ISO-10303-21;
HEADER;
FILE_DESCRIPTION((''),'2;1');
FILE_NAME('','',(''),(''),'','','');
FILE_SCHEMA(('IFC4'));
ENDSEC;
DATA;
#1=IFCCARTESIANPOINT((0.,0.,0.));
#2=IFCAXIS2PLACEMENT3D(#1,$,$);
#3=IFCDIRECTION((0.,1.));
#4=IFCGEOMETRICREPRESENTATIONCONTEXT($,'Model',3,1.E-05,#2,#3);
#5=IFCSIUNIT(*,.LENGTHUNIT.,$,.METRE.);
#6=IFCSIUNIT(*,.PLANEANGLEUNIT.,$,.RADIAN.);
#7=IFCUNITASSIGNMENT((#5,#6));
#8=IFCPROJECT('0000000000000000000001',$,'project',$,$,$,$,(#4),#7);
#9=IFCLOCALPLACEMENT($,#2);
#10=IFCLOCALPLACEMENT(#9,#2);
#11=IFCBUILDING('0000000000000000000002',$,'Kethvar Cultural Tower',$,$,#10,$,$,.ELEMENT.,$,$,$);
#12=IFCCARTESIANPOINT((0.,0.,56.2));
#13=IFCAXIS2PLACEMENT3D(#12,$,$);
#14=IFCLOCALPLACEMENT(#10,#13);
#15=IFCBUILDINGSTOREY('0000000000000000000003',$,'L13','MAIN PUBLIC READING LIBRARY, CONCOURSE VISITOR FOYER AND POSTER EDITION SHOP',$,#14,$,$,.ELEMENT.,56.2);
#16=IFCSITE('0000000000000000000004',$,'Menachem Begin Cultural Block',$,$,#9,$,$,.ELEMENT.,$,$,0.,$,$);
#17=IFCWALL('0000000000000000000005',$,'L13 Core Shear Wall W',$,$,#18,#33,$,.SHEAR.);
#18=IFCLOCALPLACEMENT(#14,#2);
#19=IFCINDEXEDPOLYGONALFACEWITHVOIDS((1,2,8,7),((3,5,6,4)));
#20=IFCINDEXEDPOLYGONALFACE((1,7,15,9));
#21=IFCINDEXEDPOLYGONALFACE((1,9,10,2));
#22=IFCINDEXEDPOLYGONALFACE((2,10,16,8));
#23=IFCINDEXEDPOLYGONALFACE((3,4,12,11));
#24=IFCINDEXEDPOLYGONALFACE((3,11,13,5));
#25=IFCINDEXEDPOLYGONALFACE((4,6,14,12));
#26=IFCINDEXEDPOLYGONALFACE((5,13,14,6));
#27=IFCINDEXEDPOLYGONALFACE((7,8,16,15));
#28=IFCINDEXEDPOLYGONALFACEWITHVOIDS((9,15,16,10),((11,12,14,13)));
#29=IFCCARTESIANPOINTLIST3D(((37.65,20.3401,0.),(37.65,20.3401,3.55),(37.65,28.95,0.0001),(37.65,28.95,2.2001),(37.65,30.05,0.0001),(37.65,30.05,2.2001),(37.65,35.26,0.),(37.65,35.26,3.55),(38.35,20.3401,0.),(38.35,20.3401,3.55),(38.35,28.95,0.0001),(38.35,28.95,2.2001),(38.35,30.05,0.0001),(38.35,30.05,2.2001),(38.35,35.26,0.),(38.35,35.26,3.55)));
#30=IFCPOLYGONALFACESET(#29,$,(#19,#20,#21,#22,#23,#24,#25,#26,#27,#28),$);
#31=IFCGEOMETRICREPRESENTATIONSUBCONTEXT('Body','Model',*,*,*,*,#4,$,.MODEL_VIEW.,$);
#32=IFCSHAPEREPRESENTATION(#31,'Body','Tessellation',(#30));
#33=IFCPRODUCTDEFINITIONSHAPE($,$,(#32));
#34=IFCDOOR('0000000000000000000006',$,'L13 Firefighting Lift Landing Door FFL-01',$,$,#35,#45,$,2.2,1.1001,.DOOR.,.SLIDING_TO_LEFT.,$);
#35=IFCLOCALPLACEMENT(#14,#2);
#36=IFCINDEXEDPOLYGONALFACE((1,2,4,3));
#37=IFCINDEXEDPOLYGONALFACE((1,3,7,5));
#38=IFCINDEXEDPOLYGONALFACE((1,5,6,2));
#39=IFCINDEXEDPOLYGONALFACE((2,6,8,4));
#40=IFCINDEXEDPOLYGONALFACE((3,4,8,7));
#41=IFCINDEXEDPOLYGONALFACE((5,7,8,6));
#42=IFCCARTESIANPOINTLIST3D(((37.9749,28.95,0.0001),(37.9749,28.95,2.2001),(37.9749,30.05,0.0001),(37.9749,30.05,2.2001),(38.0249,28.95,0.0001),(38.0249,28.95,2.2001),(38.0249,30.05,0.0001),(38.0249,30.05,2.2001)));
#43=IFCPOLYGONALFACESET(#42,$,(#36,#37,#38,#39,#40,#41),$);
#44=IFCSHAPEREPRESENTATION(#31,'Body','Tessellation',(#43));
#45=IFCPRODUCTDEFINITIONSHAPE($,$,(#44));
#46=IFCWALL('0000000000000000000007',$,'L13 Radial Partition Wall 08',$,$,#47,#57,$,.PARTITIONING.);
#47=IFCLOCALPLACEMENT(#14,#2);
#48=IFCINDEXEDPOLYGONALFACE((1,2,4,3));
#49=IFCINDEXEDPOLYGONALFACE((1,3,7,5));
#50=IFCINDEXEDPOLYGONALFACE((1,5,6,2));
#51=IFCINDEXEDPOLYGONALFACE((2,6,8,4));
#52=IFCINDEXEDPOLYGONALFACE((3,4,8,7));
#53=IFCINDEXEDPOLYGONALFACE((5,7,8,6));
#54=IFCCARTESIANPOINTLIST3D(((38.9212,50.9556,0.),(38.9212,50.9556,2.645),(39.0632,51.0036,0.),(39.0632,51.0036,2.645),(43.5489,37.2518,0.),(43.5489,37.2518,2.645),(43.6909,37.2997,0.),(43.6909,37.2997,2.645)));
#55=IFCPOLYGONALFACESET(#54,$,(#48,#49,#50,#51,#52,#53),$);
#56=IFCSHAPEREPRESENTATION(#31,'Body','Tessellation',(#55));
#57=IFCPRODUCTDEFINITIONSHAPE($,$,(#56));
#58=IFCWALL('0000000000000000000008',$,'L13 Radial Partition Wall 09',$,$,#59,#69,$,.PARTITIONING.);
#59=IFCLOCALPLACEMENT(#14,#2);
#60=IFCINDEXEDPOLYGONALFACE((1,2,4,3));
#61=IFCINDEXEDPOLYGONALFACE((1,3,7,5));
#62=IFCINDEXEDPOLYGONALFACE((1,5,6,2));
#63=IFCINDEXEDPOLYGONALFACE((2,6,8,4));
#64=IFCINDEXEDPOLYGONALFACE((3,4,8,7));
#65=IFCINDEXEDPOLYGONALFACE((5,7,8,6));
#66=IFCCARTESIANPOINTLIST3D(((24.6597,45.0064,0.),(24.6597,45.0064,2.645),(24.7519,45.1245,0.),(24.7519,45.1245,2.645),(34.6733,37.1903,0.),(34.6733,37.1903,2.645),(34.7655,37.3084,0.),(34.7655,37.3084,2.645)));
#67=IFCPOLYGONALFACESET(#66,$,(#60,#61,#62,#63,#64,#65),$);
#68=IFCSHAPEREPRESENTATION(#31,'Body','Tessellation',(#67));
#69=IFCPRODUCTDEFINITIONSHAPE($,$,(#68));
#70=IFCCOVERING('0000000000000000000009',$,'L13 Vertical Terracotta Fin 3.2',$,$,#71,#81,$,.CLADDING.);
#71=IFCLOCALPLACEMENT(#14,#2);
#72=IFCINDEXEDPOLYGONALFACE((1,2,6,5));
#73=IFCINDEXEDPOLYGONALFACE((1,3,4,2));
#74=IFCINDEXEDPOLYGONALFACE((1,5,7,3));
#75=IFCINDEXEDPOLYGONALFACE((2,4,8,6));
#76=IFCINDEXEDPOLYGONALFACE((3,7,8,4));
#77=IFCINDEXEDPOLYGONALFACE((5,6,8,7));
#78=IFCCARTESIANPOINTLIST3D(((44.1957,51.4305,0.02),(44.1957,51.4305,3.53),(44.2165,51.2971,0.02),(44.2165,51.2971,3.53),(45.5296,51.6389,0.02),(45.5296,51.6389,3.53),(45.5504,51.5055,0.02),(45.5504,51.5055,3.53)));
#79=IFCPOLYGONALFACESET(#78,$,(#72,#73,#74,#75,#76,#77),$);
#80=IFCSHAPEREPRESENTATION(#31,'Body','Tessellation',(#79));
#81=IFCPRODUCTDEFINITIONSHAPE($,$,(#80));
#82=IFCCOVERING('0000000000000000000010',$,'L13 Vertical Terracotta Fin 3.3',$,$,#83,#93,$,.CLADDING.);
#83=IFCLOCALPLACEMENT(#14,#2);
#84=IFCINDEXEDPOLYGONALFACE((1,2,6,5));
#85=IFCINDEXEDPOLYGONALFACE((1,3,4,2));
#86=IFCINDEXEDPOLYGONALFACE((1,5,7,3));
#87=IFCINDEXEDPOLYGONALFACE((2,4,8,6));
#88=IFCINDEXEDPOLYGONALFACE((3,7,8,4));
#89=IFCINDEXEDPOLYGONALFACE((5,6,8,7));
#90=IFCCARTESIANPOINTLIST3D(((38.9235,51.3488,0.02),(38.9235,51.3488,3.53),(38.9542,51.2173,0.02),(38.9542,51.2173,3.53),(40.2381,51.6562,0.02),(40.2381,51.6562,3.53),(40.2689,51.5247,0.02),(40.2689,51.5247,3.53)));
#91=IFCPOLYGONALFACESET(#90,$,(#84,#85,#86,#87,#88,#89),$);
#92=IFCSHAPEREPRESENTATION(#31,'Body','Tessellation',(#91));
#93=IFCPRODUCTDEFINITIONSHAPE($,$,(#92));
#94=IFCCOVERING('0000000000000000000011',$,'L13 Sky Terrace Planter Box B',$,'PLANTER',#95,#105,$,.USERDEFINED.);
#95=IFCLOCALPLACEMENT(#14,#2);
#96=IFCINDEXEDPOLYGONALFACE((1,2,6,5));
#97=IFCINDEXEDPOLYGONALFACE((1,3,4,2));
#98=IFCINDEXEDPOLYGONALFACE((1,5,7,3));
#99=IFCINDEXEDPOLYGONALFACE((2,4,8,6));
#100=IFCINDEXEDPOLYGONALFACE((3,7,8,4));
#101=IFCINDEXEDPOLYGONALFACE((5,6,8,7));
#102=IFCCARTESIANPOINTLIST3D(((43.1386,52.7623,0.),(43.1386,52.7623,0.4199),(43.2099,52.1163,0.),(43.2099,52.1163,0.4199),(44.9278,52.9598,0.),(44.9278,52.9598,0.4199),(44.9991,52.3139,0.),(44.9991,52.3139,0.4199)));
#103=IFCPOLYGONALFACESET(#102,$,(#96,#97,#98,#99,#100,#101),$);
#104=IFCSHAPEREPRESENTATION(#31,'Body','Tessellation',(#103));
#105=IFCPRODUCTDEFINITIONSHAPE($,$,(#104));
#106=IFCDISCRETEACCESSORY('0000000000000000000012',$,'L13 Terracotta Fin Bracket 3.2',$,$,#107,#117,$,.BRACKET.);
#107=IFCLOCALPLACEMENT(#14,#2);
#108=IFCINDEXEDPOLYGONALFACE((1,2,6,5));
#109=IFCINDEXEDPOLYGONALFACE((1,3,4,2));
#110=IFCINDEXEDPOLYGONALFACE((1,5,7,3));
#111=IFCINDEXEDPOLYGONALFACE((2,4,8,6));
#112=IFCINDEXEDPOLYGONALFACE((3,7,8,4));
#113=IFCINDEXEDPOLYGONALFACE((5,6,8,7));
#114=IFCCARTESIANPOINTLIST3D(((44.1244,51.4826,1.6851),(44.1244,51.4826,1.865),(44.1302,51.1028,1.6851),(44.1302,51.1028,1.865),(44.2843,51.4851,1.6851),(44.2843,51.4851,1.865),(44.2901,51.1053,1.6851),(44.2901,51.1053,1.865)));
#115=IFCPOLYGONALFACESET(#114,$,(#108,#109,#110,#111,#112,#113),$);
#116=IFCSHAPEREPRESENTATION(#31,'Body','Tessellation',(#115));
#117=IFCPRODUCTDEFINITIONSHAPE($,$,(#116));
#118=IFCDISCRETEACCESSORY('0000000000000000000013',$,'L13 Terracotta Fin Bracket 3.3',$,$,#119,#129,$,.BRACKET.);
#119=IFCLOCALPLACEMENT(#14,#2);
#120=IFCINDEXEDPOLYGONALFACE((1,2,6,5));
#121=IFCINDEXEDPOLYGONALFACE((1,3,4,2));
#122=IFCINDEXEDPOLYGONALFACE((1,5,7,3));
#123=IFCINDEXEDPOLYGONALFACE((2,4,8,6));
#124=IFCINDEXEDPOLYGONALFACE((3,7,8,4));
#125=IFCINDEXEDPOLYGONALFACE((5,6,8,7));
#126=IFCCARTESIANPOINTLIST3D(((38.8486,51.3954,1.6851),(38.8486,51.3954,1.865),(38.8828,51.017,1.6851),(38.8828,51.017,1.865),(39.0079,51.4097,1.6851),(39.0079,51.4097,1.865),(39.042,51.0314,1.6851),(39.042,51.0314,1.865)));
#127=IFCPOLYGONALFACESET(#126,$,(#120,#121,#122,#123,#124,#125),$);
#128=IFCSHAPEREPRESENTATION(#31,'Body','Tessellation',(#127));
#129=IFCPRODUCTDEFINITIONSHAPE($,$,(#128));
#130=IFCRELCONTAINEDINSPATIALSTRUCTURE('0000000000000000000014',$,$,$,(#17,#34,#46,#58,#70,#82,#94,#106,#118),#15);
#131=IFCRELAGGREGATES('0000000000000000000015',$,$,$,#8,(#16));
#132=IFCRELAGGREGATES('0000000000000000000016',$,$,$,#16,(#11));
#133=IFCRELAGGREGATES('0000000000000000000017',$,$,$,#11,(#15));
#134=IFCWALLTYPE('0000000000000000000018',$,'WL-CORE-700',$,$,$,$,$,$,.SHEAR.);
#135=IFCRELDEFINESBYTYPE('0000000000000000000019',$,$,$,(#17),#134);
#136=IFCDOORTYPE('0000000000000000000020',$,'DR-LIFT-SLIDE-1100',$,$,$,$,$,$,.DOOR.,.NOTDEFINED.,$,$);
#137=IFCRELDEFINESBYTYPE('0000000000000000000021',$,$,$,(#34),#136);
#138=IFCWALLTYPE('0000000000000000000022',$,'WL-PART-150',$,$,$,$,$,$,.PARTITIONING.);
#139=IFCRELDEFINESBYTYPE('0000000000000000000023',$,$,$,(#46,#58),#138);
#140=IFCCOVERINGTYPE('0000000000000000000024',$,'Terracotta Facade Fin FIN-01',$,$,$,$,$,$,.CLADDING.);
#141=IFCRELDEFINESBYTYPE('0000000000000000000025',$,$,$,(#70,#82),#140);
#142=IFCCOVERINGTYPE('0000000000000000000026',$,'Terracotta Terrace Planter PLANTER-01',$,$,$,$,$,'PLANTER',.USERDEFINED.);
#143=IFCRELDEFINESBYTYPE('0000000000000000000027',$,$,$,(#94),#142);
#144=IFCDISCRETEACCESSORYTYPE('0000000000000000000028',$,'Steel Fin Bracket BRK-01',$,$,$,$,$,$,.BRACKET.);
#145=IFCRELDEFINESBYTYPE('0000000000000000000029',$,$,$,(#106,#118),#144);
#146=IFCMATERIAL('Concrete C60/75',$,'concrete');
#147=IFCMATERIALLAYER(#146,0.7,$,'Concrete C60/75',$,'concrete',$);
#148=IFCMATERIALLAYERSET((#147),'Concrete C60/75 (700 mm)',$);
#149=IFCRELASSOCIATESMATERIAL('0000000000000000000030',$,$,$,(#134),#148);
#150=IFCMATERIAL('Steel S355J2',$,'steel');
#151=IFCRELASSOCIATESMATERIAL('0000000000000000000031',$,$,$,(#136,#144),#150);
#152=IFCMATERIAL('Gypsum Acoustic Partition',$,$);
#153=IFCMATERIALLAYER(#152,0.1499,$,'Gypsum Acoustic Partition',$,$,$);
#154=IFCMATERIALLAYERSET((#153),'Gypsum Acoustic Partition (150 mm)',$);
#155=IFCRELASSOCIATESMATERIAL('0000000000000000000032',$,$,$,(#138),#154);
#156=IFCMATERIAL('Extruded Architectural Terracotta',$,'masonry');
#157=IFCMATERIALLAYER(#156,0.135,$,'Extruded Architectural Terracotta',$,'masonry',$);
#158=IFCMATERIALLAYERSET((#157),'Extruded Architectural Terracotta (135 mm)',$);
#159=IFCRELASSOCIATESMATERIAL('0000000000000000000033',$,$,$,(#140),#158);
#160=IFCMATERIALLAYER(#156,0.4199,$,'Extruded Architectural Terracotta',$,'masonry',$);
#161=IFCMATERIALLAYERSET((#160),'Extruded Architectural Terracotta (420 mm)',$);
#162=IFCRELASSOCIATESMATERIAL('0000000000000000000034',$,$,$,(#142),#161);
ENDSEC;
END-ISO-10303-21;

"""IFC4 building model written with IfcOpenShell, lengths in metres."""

from ifc_helpers import new_model, si_unit, direction, frame, frame_2d, origin, origin_2d, place, context, subcontext, project, spatial, rectangle, extrude, source, transform, mapped, material, layer, layer_set, type_object, element, fill, save


model = new_model("IFC4")

# Units and contexts
model_context = context("Model", 3, precision=1e-05, world=origin(), true_north=direction((0.0, 1.0)))
body_context = subcontext(model_context, "Body", "Model", "MODEL_VIEW")
ifc_project = project(units=[si_unit("LENGTHUNIT", "METRE"), si_unit("PLANEANGLEUNIT", "RADIAN")], contexts=[model_context])

# Site, building, storey
site_placement = place(None, origin())
site = spatial("IfcSite", under=ifc_project, at=site_placement, Name="Menachem Begin Cultural Block", CompositionType="ELEMENT", RefElevation=0.0)
building_placement = place(site_placement, origin())
building = spatial("IfcBuilding", under=site, at=building_placement, Name="Kethvar Cultural Tower", CompositionType="ELEMENT")
storey_placement = place(building_placement, frame((0.0, 0.0, 56.2)))
storey = spatial("IfcBuildingStorey", under=building, at=storey_placement, Name="L13", Description="MAIN PUBLIC READING LIBRARY, CONCOURSE VISITOR FOYER AND POSTER EDITION SHOP", CompositionType="ELEMENT", Elevation=56.2)

# Shared definitions
ifc_material_1 = material(Name="Steel S355J2", Category="steel")

# Wall, opening, door
ifc_material_2 = material(Name="Concrete C60/75", Category="concrete")
ifc_layer_1 = layer(ifc_material_2, 0.7, Name="Concrete C60/75", Category="concrete")
ifc_layer_set_1 = layer_set([ifc_layer_1], Name="Concrete C60/75 (700 mm)")
wall_type_1 = type_object("IfcWallType", Name="WL-CORE-700", PredefinedType="SHEAR", material=ifc_layer_set_1)
wall_1_placement = place(storey_placement, frame((38.0, 35.26, 0.0), z_axis=(0.0, 0.0, 1.0), x_axis=(0.0, -1.0, 0.0)))
wall_1 = element("IfcWall", 1, at=wall_1_placement, inside=storey, type_object=wall_type_1, Name="L13 Core Shear Wall W", PredefinedType="SHEAR", context=body_context, shape_type="SweptSolid", body=[
    extrude(rectangle(XDim=14.9199, YDim=0.7, at=frame_2d((7.46, 0.0))), origin(), (0.0, 0.0, 1.0), 3.55),
])
opening_placement = place(wall_1_placement, frame((5.21, 0.0, 0.0)))
opening = element("IfcOpeningElement", 2, at=opening_placement, cuts=wall_1, PredefinedType="OPENING", context=body_context, shape_type="SweptSolid", body=[
    extrude(rectangle(XDim=1.1001, YDim=2.2, at=frame_2d((0.55, 1.1001))), frame((0.0, 0.3599, 0.0), z_axis=(0.0, -1.0, 0.0), x_axis=(1.0, 0.0, 0.0)), (0.0, 0.0, 1.0), 0.72),
])
door_type = type_object("IfcDoorType", Name="DR-LIFT-SLIDE-1100", OperationType="NOTDEFINED", PredefinedType="DOOR", material=ifc_material_1)
shared_shape_1 = source(origin(), body_context, "Body", "SweptSolid", [
    extrude(rectangle(XDim=1.1001, YDim=2.2, at=frame_2d((0.55, 1.1001))), frame((0.0, 0.0249, 0.0), z_axis=(0.0, -1.0, 0.0), x_axis=(1.0, 0.0, 0.0)), (0.0, 0.0, 1.0), 0.05),
])
door_placement = place(opening_placement, origin())
door = element("IfcDoor", 3, at=door_placement, inside=storey, type_object=door_type, Name="L13 Firefighting Lift Landing Door FFL-01", OperationType="SLIDING_TO_LEFT", OverallHeight=2.2, OverallWidth=1.1001, PredefinedType="DOOR", context=body_context, shape_type="MappedRepresentation", body=[
    mapped(shared_shape_1, transform((0.0, 0.0, 0.0), scale=1.0)),
])
fill(opening, door)

# Walls
ifc_material_3 = material(Name="Gypsum Acoustic Partition")
ifc_layer_2 = layer(ifc_material_3, 0.1499, Name="Gypsum Acoustic Partition")
ifc_layer_set_2 = layer_set([ifc_layer_2], Name="Gypsum Acoustic Partition (150 mm)")
wall_type_2 = type_object("IfcWallType", Name="WL-PART-150", PredefinedType="PARTITIONING", material=ifc_layer_set_2)
wall_2_placement = place(storey_placement, frame((43.6199, 37.2759, 0.0), z_axis=(0.0, 0.0, 1.0), x_axis=(-0.319942, 0.947437, 0.0)))
element("IfcWall", 4, at=wall_2_placement, inside=storey, type_object=wall_type_2, Name="L13 Radial Partition Wall 08", PredefinedType="PARTITIONING", context=body_context, shape_type="SweptSolid", body=[
    extrude(rectangle(XDim=14.4641, YDim=0.1499, at=frame_2d((7.2319, 0.0))), origin(), (0.0, 0.0, 1.0), 2.645),
])
wall_3_placement = place(storey_placement, frame((34.7195, 37.2493, 0.0), z_axis=(0.0, 0.0, 1.0), x_axis=(-0.788292, 0.615301, 0.0)))
element("IfcWall", 5, at=wall_3_placement, inside=storey, type_object=wall_type_2, Name="L13 Radial Partition Wall 09", PredefinedType="PARTITIONING", context=body_context, shape_type="SweptSolid", body=[
    extrude(rectangle(XDim=12.7029, YDim=0.1499, at=frame_2d((6.3516, 0.0))), origin(), (0.0, 0.0, 1.0), 2.645),
])

# Coverings
ifc_material_4 = material(Name="Extruded Architectural Terracotta", Category="masonry")
ifc_layer_3 = layer(ifc_material_4, 0.135, Name="Extruded Architectural Terracotta", Category="masonry")
ifc_layer_set_3 = layer_set([ifc_layer_3], Name="Extruded Architectural Terracotta (135 mm)")
covering_type_1 = type_object("IfcCoveringType", Name="Terracotta Facade Fin FIN-01", PredefinedType="CLADDING", material=ifc_layer_set_3)
shared_shape_2 = source(origin(), body_context, "Body", "SweptSolid", [
    extrude(rectangle(XDim=1.3501, YDim=0.135, at=origin_2d()), origin(), (0.0, 0.0, 1.0), 3.51),
])
for number, where, z_axis, x_axis, name in (
    (6, (44.873, 51.468, 0.02), (0.0, 0.0, 1.0), (0.988014, 0.154366, 0.0), "L13 Vertical Terracotta Fin 3.2"),
    (7, (39.5962, 51.4368, 0.02), (0.0, 0.0, 1.0), (0.973738, 0.227671, 0.0), "L13 Vertical Terracotta Fin 3.3"),
):
    element("IfcCovering", number, at=place(storey_placement, frame(where, z_axis=z_axis, x_axis=x_axis)), inside=storey, type_object=covering_type_1, Name=name, PredefinedType="CLADDING", context=body_context, shape_type="MappedRepresentation", body=[
        mapped(shared_shape_2, transform((0.0, 0.0, 0.0), scale=1.0)),
    ])
ifc_layer_4 = layer(ifc_material_4, 0.4199, Name="Extruded Architectural Terracotta", Category="masonry")
ifc_layer_set_4 = layer_set([ifc_layer_4], Name="Extruded Architectural Terracotta (420 mm)")
covering_type_2 = type_object("IfcCoveringType", Name="Terracotta Terrace Planter PLANTER-01", ElementType="PLANTER", PredefinedType="USERDEFINED", material=ifc_layer_set_4)
shared_shape_3 = source(origin(), body_context, "Body", "SweptSolid", [
    extrude(rectangle(XDim=1.8, YDim=0.6499, at=origin_2d()), origin(), (0.0, 0.0, 1.0), 0.4199),
])
covering_placement = place(storey_placement, frame((44.0688, 52.5381, 0.0), z_axis=(0.0, 0.0, 1.0), x_axis=(-0.993961, -0.109734, 0.0)))
element("IfcCovering", 8, at=covering_placement, inside=storey, type_object=covering_type_2, Name="L13 Sky Terrace Planter Box B", ObjectType="PLANTER", PredefinedType="USERDEFINED", context=body_context, shape_type="MappedRepresentation", body=[
    mapped(shared_shape_3, transform((0.0, 0.0, 0.0), scale=1.0)),
])

# Discrete accessories
discrete_accessory_type = type_object("IfcDiscreteAccessoryType", Name="Steel Fin Bracket BRK-01", PredefinedType="BRACKET", material=ifc_material_1)
shared_shape_4 = source(origin(), body_context, "Body", "SweptSolid", [
    extrude(rectangle(XDim=0.3799, YDim=0.1599, at=origin_2d()), origin(), (0.0, 0.0, 1.0), 0.1799),
])
for number, where, z_axis, x_axis, name in (
    (9, (44.2073, 51.2939, 1.6851), (0.0, 0.0, 1.0), (-0.015358, 0.999882, 0.0), "L13 Terracotta Fin Bracket 3.2"),
    (10, (38.9453, 51.2134, 1.6851), (0.0, 0.0, 1.0), (-0.089937, 0.995947, 0.0), "L13 Terracotta Fin Bracket 3.3"),
):
    element("IfcDiscreteAccessory", number, at=place(storey_placement, frame(where, z_axis=z_axis, x_axis=x_axis)), inside=storey, type_object=discrete_accessory_type, Name=name, PredefinedType="BRACKET", context=body_context, shape_type="MappedRepresentation", body=[
        mapped(shared_shape_4, transform((0.0, 0.0, 0.0), scale=1.0)),
    ])

save(model, "model.ifc")
